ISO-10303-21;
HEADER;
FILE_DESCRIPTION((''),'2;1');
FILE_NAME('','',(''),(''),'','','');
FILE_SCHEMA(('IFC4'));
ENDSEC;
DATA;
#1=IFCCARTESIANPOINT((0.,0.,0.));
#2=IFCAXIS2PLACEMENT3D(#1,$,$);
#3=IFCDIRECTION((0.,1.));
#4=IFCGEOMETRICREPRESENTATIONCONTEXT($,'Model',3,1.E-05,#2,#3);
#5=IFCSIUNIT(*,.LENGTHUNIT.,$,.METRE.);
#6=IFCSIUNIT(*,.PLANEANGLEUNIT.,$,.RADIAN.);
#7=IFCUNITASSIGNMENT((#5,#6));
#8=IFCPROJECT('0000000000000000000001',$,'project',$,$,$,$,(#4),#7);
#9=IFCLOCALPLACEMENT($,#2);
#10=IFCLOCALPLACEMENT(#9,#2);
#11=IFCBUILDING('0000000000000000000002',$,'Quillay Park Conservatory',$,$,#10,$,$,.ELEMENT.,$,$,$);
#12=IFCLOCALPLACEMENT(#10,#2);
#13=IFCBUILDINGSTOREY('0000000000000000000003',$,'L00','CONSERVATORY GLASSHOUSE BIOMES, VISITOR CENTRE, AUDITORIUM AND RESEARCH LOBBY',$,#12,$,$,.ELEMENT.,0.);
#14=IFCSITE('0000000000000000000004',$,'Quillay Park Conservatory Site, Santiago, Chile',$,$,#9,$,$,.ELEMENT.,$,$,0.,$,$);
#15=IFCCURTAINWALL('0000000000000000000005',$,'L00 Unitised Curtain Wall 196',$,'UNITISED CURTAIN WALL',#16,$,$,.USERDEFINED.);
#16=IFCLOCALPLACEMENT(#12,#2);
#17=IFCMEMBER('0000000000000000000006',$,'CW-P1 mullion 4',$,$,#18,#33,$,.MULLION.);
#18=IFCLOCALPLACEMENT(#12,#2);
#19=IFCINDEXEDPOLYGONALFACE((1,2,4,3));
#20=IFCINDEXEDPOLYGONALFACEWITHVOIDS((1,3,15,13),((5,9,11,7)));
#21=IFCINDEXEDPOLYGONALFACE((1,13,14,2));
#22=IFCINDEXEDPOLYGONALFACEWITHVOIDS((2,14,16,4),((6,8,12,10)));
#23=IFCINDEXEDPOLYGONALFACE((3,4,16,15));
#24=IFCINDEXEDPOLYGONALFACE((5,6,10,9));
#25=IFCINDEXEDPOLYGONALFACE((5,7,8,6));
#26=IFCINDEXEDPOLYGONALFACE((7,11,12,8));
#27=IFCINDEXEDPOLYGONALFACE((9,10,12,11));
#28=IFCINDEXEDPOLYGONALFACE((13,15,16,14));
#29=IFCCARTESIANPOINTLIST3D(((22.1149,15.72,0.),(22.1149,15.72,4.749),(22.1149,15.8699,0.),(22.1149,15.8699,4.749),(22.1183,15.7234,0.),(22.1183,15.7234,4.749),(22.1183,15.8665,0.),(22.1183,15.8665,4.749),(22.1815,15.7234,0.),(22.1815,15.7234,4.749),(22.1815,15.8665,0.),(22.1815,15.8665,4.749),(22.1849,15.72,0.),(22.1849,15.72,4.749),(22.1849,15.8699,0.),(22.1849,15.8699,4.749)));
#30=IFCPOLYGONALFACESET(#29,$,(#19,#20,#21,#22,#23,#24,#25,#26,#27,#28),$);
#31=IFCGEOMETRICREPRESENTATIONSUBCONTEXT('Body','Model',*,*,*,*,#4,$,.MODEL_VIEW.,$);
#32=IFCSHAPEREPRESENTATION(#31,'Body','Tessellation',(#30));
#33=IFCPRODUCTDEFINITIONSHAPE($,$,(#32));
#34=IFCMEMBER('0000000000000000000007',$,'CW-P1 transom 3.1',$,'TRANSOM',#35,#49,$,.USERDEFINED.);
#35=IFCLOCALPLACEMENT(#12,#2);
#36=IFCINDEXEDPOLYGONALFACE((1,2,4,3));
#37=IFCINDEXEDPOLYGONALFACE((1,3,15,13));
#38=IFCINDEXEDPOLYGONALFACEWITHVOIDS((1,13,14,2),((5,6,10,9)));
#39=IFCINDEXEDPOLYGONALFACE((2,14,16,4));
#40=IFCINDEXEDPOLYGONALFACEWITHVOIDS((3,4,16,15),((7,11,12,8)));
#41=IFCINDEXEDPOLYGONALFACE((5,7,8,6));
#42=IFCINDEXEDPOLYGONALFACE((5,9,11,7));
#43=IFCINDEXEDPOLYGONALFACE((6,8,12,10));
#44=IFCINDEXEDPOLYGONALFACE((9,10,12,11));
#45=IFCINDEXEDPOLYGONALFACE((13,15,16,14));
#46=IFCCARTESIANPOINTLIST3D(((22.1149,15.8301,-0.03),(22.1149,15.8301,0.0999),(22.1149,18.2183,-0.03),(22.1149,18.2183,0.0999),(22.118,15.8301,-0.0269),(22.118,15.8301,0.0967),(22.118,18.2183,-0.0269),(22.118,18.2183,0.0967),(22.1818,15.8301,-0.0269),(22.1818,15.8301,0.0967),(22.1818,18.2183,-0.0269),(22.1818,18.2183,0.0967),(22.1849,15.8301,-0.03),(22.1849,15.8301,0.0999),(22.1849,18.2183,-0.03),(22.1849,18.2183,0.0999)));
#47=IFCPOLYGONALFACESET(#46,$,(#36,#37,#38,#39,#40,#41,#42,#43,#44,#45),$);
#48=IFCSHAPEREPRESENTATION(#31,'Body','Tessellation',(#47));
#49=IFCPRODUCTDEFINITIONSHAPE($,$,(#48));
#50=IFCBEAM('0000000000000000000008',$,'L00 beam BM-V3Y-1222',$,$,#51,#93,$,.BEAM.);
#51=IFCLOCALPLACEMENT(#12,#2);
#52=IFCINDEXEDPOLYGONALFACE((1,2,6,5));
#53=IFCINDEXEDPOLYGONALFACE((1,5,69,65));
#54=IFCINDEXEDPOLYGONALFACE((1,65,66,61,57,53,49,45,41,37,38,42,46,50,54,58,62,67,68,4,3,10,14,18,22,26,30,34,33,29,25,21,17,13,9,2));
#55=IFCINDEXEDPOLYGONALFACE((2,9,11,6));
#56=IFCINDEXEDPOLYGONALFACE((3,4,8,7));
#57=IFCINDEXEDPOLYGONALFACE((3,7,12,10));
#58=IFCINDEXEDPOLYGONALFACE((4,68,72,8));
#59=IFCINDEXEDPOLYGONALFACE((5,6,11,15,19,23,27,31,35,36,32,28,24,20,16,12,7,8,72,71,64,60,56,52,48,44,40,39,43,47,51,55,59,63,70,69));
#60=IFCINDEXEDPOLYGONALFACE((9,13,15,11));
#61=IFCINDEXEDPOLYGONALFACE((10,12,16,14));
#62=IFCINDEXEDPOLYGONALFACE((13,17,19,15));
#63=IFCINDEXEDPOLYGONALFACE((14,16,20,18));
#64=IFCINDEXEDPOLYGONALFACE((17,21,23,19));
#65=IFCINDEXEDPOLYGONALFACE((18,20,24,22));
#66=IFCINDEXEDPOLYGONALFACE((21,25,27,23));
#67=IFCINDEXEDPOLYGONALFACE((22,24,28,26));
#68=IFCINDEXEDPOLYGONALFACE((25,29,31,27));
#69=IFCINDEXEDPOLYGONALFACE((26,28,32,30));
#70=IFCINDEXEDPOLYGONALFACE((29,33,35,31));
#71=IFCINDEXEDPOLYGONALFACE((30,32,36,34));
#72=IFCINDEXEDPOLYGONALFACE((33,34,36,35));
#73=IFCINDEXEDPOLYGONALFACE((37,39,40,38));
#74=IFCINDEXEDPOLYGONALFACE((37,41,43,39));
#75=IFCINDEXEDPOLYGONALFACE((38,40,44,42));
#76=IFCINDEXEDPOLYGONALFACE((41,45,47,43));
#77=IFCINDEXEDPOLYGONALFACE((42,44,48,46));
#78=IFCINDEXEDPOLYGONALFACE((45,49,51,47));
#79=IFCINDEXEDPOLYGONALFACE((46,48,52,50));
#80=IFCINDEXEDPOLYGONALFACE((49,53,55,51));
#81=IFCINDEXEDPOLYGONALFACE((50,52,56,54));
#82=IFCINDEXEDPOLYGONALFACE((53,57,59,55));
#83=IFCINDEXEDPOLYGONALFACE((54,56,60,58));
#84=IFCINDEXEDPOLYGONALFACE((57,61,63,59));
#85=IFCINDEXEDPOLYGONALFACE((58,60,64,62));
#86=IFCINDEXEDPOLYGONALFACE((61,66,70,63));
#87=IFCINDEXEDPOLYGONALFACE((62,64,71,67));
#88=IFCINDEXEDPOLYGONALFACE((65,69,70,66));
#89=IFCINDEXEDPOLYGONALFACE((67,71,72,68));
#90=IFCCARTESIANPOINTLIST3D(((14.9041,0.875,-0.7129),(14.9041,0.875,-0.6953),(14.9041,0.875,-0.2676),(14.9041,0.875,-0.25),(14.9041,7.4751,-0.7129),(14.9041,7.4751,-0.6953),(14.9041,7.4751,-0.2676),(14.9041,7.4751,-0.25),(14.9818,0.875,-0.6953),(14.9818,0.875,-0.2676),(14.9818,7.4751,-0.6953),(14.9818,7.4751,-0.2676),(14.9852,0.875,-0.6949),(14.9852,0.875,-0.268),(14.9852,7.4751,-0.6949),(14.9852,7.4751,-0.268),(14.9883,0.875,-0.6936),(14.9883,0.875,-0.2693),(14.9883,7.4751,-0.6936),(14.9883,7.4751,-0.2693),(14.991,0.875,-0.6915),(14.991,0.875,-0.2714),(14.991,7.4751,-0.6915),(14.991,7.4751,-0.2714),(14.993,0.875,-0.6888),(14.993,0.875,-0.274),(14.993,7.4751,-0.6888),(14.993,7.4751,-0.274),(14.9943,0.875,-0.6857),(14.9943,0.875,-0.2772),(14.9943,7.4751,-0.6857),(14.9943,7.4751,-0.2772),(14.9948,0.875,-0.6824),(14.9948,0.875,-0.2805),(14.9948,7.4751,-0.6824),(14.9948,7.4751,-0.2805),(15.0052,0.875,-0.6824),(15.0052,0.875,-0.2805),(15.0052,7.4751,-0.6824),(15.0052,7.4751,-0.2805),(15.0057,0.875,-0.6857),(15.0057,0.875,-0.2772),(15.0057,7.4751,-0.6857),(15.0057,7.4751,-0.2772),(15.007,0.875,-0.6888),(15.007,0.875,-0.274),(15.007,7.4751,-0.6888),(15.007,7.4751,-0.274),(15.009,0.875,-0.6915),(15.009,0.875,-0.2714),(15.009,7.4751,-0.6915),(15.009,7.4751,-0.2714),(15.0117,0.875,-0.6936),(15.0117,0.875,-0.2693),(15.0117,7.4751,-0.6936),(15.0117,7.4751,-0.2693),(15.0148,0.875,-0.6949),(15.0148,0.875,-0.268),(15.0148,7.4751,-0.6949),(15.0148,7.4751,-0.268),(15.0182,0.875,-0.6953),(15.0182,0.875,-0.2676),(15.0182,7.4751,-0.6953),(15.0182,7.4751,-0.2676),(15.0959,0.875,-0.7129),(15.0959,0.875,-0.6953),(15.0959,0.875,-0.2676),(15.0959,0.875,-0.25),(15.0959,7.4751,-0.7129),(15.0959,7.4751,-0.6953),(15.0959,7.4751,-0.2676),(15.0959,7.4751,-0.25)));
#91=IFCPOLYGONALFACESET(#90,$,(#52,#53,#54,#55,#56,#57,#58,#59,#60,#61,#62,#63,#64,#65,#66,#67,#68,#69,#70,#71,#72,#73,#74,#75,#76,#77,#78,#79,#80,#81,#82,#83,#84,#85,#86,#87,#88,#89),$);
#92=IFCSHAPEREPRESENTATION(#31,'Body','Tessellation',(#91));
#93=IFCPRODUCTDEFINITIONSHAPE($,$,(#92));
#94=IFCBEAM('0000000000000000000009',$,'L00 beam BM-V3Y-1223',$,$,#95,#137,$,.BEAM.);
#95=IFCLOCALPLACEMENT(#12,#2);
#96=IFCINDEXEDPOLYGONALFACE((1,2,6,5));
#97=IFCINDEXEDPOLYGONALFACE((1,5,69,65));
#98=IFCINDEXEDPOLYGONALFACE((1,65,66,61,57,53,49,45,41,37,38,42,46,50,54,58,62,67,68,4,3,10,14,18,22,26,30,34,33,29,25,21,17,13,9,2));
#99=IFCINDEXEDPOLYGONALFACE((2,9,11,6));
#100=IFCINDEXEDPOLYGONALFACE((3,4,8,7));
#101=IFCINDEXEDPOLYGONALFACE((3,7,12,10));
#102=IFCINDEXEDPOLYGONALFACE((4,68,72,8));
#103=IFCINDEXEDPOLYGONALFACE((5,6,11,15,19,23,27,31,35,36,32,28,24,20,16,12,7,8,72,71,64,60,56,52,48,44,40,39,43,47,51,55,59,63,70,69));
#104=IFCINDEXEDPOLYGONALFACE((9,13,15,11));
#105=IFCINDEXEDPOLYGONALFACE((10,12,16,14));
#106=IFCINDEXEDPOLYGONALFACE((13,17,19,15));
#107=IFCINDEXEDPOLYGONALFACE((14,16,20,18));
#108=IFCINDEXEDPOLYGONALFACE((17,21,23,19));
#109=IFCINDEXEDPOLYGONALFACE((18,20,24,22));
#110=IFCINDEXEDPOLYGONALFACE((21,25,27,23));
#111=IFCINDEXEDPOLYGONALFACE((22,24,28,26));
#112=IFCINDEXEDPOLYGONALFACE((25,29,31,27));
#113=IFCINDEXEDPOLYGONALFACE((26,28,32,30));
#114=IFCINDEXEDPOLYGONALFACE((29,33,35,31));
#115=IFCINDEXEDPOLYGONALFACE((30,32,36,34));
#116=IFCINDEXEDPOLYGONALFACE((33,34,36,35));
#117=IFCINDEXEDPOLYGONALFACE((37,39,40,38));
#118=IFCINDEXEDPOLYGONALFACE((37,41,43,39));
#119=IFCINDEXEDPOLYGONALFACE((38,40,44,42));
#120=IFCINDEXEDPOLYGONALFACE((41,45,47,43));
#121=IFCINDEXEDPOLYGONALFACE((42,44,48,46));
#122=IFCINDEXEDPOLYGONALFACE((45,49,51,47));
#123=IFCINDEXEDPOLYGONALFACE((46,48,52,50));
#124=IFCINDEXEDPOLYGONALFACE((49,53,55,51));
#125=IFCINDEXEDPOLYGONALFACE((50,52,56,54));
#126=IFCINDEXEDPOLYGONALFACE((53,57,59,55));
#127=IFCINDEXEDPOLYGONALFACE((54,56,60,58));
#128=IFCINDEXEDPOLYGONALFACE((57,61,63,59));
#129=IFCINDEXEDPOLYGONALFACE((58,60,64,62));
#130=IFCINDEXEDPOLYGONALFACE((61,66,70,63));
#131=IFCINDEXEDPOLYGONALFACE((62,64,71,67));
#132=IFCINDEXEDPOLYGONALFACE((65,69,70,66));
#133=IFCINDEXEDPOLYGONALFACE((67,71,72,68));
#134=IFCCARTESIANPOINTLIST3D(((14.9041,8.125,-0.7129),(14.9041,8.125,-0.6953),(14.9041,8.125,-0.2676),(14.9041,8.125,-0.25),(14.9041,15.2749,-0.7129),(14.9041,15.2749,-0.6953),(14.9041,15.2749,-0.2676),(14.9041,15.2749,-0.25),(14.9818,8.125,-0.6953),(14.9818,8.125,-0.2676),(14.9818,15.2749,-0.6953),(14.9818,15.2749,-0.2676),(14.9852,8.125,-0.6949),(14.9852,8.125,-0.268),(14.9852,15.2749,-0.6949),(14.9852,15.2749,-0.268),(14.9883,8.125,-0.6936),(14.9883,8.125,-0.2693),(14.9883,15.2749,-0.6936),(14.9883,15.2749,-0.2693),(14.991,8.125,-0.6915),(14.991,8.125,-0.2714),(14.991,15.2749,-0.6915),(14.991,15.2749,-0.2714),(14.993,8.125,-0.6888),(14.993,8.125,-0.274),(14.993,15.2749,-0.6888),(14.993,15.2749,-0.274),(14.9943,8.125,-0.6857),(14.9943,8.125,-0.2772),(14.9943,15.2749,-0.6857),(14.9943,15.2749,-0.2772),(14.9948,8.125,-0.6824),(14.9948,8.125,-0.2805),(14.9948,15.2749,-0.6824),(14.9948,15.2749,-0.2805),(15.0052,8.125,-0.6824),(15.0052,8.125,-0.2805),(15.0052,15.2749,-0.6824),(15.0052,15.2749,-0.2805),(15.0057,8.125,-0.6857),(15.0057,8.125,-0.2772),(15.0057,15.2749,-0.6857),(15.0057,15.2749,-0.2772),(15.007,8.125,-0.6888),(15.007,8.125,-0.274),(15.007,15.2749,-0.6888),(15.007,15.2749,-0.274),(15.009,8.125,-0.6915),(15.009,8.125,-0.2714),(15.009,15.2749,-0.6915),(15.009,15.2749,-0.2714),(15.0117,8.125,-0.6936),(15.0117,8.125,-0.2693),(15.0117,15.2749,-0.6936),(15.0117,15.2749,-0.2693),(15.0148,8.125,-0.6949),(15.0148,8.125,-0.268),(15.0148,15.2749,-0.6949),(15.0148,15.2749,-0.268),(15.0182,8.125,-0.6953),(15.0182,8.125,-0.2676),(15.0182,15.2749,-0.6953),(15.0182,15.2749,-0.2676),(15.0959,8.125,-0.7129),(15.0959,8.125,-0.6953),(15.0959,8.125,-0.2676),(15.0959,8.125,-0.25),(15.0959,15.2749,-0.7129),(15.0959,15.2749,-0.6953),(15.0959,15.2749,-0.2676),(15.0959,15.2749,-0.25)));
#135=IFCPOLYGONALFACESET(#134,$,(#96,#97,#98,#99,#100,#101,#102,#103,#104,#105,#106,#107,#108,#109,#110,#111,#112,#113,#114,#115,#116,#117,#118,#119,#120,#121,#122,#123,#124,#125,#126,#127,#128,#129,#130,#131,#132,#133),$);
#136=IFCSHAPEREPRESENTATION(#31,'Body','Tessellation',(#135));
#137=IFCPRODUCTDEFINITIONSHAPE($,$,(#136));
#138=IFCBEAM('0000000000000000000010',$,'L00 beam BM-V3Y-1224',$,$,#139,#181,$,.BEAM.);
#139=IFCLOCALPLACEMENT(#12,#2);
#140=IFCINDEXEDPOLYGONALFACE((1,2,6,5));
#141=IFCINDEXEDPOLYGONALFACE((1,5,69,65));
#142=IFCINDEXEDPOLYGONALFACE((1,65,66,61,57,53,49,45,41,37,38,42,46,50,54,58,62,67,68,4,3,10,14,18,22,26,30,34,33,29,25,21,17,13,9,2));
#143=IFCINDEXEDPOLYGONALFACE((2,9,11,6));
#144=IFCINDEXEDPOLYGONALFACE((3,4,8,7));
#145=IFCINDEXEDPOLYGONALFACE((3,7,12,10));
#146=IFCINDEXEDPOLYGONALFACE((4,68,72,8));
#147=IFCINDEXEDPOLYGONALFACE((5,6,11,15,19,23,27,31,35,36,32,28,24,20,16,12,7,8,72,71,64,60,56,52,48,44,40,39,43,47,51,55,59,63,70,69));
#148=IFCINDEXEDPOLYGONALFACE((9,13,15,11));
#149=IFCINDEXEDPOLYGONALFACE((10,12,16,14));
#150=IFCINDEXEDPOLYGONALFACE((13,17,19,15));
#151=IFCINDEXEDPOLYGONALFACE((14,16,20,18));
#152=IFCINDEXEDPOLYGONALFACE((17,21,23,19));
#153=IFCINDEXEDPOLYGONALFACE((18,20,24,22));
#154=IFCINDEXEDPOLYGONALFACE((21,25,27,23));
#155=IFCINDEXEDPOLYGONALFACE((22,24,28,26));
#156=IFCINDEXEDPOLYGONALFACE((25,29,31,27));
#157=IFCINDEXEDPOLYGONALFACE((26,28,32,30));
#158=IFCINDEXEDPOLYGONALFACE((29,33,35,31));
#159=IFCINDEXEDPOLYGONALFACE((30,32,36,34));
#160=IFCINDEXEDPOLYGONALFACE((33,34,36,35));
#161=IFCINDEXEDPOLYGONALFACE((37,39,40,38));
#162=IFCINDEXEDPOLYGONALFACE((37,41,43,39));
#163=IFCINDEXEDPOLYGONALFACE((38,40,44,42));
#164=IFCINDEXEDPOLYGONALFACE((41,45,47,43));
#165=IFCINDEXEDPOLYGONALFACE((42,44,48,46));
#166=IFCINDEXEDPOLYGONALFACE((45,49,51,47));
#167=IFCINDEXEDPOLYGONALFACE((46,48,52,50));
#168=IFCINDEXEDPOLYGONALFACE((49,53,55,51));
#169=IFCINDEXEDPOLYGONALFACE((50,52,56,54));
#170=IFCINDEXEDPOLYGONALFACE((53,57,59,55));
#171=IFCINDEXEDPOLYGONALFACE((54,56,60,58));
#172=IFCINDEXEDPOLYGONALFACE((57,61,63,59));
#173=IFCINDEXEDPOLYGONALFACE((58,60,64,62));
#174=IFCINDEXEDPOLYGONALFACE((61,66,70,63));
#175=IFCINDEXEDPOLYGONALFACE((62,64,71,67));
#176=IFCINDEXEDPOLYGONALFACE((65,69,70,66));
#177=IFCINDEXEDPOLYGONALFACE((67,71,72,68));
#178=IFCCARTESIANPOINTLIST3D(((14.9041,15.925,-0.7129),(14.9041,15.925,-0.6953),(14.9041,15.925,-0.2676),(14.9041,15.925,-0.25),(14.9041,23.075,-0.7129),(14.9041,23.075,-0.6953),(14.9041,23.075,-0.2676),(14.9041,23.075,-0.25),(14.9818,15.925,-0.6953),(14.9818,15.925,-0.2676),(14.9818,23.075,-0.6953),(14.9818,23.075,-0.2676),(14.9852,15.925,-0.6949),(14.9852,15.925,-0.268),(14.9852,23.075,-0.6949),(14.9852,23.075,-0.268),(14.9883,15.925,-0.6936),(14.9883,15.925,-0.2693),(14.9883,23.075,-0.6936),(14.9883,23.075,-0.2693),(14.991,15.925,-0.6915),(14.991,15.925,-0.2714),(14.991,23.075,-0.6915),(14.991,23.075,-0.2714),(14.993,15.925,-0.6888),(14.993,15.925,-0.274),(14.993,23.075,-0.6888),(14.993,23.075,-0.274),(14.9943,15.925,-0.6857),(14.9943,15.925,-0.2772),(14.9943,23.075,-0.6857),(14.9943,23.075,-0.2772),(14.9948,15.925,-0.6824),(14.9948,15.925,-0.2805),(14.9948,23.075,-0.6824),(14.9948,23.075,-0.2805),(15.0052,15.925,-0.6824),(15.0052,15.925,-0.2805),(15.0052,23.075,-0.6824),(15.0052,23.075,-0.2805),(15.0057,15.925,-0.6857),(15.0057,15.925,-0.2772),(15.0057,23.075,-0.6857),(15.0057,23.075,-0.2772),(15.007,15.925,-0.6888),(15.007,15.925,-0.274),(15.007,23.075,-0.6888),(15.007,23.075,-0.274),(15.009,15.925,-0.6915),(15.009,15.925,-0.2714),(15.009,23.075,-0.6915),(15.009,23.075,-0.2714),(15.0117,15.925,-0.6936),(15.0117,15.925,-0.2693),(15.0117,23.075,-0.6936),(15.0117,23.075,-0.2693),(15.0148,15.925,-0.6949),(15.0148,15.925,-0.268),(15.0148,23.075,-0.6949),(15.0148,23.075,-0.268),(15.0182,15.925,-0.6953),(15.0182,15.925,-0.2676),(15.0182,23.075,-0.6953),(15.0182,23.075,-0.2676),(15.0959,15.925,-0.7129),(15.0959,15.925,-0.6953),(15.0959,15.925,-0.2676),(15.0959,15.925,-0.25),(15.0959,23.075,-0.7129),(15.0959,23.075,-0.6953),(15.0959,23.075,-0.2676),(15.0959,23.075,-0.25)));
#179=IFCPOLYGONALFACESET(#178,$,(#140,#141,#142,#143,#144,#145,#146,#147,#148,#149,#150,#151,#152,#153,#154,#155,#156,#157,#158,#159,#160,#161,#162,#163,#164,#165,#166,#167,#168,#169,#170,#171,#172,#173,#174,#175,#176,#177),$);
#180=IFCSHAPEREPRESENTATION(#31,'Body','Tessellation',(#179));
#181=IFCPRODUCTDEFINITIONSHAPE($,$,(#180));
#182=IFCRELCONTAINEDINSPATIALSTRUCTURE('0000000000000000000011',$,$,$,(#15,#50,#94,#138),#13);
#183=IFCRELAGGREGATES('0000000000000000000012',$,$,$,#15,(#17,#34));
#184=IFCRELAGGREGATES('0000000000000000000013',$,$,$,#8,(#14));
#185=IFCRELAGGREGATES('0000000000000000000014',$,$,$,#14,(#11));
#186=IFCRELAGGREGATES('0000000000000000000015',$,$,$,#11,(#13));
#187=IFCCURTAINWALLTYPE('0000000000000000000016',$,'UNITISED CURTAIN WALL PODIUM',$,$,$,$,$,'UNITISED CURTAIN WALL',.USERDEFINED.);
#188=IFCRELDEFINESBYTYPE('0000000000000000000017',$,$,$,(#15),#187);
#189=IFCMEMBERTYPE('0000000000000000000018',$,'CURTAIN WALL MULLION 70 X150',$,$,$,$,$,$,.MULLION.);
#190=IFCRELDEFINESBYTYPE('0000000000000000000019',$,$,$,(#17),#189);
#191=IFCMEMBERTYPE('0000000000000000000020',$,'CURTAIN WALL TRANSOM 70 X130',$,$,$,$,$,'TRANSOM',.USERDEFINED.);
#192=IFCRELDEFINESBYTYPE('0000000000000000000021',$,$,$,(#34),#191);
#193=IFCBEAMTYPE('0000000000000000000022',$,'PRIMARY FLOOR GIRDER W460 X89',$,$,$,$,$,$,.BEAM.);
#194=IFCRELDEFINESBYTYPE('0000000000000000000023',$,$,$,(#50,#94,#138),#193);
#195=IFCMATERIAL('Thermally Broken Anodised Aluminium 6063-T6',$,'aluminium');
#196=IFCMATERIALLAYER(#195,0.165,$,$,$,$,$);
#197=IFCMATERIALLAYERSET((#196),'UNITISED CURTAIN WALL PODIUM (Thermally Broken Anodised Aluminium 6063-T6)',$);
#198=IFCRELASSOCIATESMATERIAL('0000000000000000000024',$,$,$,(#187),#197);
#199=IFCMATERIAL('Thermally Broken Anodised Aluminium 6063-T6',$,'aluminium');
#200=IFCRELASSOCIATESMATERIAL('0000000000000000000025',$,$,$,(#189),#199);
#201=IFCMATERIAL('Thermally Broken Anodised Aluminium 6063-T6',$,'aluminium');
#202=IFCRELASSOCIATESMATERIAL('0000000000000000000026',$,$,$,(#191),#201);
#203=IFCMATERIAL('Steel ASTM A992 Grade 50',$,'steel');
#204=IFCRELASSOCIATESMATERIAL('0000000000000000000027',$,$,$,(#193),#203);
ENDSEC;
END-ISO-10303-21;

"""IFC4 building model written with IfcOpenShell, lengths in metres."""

from ifc_helpers import new_model, si_unit, direction, frame, origin, origin_2d, place, context, subcontext, project, spatial, hollow_rectangle, i_section, extrude, material, layer, layer_set, material_profile, profile_set, type_object, element, aggregate, save


model = new_model("IFC4")

# Units and contexts
model_context = context("Model", 3, precision=1e-05, world=origin(), true_north=direction((0.0, 1.0)))
body_context = subcontext(model_context, "Body", "Model", "MODEL_VIEW")
ifc_project = project(units=[si_unit("LENGTHUNIT", "METRE"), si_unit("PLANEANGLEUNIT", "RADIAN")], contexts=[model_context])

# Site, building, storey
site_placement = place(None, origin())
site = spatial("IfcSite", under=ifc_project, at=site_placement, Name="Quillay Park Conservatory Site, Santiago, Chile", CompositionType="ELEMENT", RefElevation=0.0)
building_placement = place(site_placement, origin())
building = spatial("IfcBuilding", under=site, at=building_placement, Name="Quillay Park Conservatory", CompositionType="ELEMENT")
storey_placement = place(building_placement, origin())
storey = spatial("IfcBuildingStorey", under=building, at=storey_placement, Name="L00", Description="CONSERVATORY GLASSHOUSE BIOMES, VISITOR CENTRE, AUDITORIUM AND RESEARCH LOBBY", CompositionType="ELEMENT", Elevation=0.0)

# Curtain wall, members
ifc_material_1 = material(Name="Thermally Broken Anodised Aluminium 6063-T6", Category="aluminium")
ifc_layer_1 = layer(ifc_material_1, 0.165)
ifc_layer_set_1 = layer_set([ifc_layer_1], Name="UNITISED CURTAIN WALL PODIUM (Thermally Broken Anodised Aluminium 6063-T6)")
curtain_wall_type = type_object("IfcCurtainWallType", Name="UNITISED CURTAIN WALL PODIUM", ElementType="UNITISED CURTAIN WALL", PredefinedType="USERDEFINED", material=ifc_layer_set_1)
curtain_wall_placement = place(storey_placement, origin())
curtain_wall = element("IfcCurtainWall", 1, at=curtain_wall_placement, inside=storey, type_object=curtain_wall_type, Name="L00 Unitised Curtain Wall 196", ObjectType="UNITISED CURTAIN WALL", PredefinedType="USERDEFINED")
ifc_material_2 = material(Name="Thermally Broken Anodised Aluminium 6063-T6", Category="aluminium")
ifc_material_profile_1 = material_profile(ifc_material_2, hollow_rectangle(XDim=0.0701, YDim=0.1499, WallThickness=0.0034, at=origin_2d()), Name="AL70x150x3.5")
ifc_profile_set_1 = profile_set([ifc_material_profile_1], Name="Thermally Broken Anodised Aluminium 6063-T6")
member_type_1 = type_object("IfcMemberType", Name="CURTAIN WALL MULLION 70 X150", PredefinedType="MULLION", material=ifc_profile_set_1)
member_1_placement = place(storey_placement, frame((22.1499, 15.7949, 0.0), z_axis=(0.0, 0.0, 1.0), x_axis=(1.0, 0.0, 0.0)))
member_1 = element("IfcMember", 2, at=member_1_placement, type_object=member_type_1, Name="CW-P1 mullion 4", PredefinedType="MULLION", context=body_context, shape_type="SweptSolid", body=[
    extrude(hollow_rectangle(XDim=0.0701, YDim=0.1499, WallThickness=0.0034, at=origin_2d()), origin(), (0.0, 0.0, 1.0), 4.749),
])
ifc_material_3 = material(Name="Thermally Broken Anodised Aluminium 6063-T6", Category="aluminium")
ifc_material_profile_2 = material_profile(ifc_material_3, hollow_rectangle(XDim=0.0701, YDim=0.1299, WallThickness=0.0032, at=origin_2d()), Name="AL70x130x3.2")
ifc_profile_set_2 = profile_set([ifc_material_profile_2], Name="Thermally Broken Anodised Aluminium 6063-T6")
member_type_2 = type_object("IfcMemberType", Name="CURTAIN WALL TRANSOM 70 X130", ElementType="TRANSOM", PredefinedType="USERDEFINED", material=ifc_profile_set_2)
member_2_placement = place(storey_placement, frame((22.1499, 18.2183, 0.0349), z_axis=(0.0, -1.0, 0.0), x_axis=(1.0, 0.0, 0.0)))
member_2 = element("IfcMember", 3, at=member_2_placement, type_object=member_type_2, Name="CW-P1 transom 3.1", ObjectType="TRANSOM", PredefinedType="USERDEFINED", context=body_context, shape_type="SweptSolid", body=[
    extrude(hollow_rectangle(XDim=0.0701, YDim=0.1299, WallThickness=0.0032, at=origin_2d()), origin(), (0.0, 0.0, 1.0), 2.3882),
])

# Beams
ifc_material_4 = material(Name="Steel ASTM A992 Grade 50", Category="steel")
ifc_material_profile_3 = material_profile(ifc_material_4, i_section(OverallWidth=0.1919, OverallDepth=0.4629, WebThickness=0.0105, FlangeThickness=0.0176, FilletRadius=0.0129, at=origin_2d()), Name="W460x89")
ifc_profile_set_3 = profile_set([ifc_material_profile_3], Name="Steel ASTM A992 Grade 50")
beam_type_1 = type_object("IfcBeamType", Name="PRIMARY FLOOR GIRDER W460 X89", PredefinedType="BEAM", material=ifc_profile_set_3)
beam_1_placement = place(storey_placement, frame((15.0, 0.875, -0.4814), z_axis=(0.0, 1.0, 0.0), x_axis=(-1.0, 0.0, 0.0)))
element("IfcBeam", 4, at=beam_1_placement, inside=storey, type_object=beam_type_1, Name="L00 beam BM-V3Y-1222", PredefinedType="BEAM", context=body_context, shape_type="SweptSolid", body=[
    extrude(i_section(OverallWidth=0.1919, OverallDepth=0.4629, WebThickness=0.0105, FlangeThickness=0.0176, FilletRadius=0.0129, at=origin_2d()), origin(), (0.0, 0.0, 1.0), 6.6001),
])
for number, where, z_axis, x_axis, name in (
    (5, (15.0, 8.125, -0.4814), (0.0, 1.0, 0.0), (-1.0, 0.0, 0.0), "L00 beam BM-V3Y-1223"),
    (6, (15.0, 15.925, -0.4814), (0.0, 1.0, 0.0), (-1.0, 0.0, 0.0), "L00 beam BM-V3Y-1224"),
):
    element("IfcBeam", number, at=place(storey_placement, frame(where, z_axis=z_axis, x_axis=x_axis)), inside=storey, type_object=beam_type_1, Name=name, PredefinedType="BEAM", context=body_context, shape_type="SweptSolid", body=[
        extrude(i_section(OverallWidth=0.1919, OverallDepth=0.4629, WebThickness=0.0105, FlangeThickness=0.0176, FilletRadius=0.0129, at=origin_2d()), origin(), (0.0, 0.0, 1.0), 7.1499),
    ])

aggregate(curtain_wall, [member_1, member_2])

save(model, "model.ifc")
